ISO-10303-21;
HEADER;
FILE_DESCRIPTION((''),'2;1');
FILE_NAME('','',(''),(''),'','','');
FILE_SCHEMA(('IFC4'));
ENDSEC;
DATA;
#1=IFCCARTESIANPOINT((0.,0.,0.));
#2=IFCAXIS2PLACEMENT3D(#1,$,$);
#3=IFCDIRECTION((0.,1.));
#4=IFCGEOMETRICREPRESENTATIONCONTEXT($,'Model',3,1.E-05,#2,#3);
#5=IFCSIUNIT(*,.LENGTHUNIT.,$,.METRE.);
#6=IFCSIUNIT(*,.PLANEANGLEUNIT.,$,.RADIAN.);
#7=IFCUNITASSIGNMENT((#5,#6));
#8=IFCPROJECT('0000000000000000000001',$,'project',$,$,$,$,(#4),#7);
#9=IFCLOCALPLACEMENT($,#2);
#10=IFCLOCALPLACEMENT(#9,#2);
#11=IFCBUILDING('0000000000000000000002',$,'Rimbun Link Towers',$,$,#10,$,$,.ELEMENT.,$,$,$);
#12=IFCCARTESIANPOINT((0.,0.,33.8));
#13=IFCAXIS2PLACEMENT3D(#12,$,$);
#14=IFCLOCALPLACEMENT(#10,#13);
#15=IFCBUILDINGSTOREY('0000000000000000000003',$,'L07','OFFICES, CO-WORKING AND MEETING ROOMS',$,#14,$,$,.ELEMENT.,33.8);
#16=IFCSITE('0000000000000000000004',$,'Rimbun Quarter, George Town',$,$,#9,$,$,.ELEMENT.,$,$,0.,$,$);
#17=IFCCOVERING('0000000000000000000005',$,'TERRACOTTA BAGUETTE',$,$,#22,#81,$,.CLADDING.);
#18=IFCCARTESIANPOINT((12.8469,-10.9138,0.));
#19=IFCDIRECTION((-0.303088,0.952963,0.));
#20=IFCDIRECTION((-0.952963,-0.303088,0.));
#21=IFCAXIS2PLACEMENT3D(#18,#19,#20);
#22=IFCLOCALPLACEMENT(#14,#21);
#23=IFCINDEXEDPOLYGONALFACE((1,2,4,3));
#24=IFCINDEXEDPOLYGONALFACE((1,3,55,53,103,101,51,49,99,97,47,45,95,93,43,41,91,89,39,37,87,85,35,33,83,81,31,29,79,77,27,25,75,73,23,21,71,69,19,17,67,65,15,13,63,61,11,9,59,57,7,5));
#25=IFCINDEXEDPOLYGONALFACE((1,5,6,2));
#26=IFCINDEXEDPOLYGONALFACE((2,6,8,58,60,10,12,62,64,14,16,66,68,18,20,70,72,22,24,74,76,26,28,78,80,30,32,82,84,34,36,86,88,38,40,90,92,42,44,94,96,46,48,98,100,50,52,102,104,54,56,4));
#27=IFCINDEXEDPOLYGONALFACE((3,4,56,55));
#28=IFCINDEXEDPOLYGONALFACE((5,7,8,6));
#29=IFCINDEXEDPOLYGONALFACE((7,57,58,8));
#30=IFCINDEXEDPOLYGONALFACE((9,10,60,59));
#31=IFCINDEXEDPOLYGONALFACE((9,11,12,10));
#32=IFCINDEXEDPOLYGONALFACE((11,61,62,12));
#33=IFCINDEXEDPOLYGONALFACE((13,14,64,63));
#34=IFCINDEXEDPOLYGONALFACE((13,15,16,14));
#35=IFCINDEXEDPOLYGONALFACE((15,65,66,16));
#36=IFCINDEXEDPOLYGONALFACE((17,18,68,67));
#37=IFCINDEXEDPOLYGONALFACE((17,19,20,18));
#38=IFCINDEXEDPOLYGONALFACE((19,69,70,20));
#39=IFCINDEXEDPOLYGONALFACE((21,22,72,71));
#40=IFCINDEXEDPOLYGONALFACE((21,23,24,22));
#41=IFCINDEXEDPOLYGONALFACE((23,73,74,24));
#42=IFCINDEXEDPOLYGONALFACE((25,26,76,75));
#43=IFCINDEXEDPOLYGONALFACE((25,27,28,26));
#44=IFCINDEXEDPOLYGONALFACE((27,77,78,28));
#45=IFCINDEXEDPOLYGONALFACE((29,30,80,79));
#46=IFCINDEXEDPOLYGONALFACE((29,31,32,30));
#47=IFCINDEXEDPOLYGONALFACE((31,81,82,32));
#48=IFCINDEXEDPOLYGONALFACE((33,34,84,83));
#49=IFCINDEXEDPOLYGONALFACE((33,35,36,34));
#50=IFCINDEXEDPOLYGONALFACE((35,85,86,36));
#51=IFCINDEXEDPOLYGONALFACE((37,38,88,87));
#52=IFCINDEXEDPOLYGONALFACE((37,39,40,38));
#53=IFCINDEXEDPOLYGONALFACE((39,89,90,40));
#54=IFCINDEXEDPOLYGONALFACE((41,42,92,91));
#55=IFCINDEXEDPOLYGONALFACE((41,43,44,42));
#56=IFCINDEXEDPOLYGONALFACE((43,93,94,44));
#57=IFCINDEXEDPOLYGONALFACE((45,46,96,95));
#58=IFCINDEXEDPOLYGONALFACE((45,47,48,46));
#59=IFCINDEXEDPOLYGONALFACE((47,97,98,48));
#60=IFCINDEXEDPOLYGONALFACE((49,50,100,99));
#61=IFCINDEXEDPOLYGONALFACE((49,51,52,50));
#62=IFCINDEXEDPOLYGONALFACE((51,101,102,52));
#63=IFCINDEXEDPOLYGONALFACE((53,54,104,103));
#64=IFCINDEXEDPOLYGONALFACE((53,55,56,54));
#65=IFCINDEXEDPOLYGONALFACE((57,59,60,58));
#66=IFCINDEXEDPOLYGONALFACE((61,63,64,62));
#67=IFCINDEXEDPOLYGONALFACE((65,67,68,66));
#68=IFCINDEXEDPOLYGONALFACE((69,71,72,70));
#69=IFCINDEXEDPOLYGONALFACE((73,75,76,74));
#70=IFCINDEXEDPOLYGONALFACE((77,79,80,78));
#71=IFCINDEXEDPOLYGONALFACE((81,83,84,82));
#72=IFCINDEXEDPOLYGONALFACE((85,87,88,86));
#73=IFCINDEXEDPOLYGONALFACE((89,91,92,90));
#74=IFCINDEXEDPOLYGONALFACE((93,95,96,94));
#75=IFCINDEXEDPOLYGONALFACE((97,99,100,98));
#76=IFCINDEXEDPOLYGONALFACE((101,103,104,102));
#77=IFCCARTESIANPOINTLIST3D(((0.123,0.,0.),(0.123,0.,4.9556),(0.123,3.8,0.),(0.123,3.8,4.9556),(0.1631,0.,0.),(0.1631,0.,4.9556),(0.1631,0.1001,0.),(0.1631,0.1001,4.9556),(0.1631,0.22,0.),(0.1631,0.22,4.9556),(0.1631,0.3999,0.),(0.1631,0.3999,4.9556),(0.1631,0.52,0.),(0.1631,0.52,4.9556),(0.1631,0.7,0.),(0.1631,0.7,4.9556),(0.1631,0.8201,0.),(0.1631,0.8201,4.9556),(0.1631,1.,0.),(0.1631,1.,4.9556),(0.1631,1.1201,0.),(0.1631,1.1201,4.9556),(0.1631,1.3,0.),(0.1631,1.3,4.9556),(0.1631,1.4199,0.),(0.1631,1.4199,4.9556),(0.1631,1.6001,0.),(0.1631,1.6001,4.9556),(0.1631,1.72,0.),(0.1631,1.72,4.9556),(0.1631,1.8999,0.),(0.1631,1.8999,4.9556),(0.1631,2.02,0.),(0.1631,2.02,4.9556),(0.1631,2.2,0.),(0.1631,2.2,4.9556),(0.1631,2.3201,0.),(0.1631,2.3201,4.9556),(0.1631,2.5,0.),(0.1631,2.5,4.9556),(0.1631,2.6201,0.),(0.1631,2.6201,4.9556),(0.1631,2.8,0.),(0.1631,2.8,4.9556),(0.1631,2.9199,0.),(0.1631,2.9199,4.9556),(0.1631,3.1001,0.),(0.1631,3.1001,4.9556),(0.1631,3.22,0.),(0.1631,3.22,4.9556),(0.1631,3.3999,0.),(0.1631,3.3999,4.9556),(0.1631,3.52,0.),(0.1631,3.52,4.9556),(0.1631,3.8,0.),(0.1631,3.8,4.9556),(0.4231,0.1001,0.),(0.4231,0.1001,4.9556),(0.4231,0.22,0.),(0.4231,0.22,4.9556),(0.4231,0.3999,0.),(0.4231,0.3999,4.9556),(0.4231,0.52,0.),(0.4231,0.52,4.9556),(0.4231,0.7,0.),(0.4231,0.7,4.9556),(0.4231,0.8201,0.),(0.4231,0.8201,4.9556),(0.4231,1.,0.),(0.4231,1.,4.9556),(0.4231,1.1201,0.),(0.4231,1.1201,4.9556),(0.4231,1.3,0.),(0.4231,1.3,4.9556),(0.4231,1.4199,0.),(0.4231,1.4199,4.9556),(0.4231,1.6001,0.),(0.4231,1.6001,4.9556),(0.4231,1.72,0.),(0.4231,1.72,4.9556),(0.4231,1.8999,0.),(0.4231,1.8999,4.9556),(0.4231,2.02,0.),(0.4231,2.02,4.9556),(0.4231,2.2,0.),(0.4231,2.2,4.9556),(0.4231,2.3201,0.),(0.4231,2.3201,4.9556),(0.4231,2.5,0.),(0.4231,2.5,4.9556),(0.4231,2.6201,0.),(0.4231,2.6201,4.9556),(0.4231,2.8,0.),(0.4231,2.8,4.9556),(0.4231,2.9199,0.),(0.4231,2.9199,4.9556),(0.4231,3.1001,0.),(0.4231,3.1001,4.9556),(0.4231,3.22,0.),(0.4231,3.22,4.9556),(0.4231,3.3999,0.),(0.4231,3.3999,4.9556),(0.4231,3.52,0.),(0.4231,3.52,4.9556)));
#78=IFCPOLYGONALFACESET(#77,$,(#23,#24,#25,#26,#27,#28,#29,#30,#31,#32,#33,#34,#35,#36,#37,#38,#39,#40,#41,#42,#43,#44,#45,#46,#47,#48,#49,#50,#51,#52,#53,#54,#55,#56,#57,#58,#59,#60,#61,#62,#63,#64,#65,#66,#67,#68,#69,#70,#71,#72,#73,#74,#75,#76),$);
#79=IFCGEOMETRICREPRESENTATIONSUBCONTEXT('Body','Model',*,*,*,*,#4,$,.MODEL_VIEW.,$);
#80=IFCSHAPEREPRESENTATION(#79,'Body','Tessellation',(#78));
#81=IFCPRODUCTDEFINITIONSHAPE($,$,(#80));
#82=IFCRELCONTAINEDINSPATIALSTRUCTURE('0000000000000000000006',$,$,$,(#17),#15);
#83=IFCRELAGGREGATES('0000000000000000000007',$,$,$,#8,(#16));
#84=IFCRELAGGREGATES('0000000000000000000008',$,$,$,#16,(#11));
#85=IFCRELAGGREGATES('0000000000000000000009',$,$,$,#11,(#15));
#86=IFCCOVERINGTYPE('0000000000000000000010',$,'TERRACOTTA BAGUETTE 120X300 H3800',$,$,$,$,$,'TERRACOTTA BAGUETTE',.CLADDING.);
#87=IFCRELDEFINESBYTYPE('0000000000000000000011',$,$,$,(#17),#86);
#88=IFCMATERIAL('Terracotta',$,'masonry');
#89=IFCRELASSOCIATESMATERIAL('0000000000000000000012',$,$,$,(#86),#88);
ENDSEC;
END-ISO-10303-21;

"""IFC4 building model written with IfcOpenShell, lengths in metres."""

from ifc_helpers import new_model, si_unit, direction, frame, origin, place, context, subcontext, project, spatial, polyline, outline, extrude, material, material_profile, profile_set, type_object, element, save


model = new_model("IFC4")

# Units and contexts
model_context = context("Model", 3, precision=1e-05, world=origin(), true_north=direction((0.0, 1.0)))
body_context = subcontext(model_context, "Body", "Model", "MODEL_VIEW")
ifc_project = project(units=[si_unit("LENGTHUNIT", "METRE"), si_unit("PLANEANGLEUNIT", "RADIAN")], contexts=[model_context])

# Site, building, storey
site_placement = place(None, origin())
site = spatial("IfcSite", under=ifc_project, at=site_placement, Name="Rimbun Quarter, George Town", CompositionType="ELEMENT", RefElevation=0.0)
building_placement = place(site_placement, origin())
building = spatial("IfcBuilding", under=site, at=building_placement, Name="Rimbun Link Towers", CompositionType="ELEMENT")
storey_placement = place(building_placement, frame((0.0, 0.0, 33.8)))
storey = spatial("IfcBuildingStorey", under=building, at=storey_placement, Name="L07", Description="OFFICES, CO-WORKING AND MEETING ROOMS", CompositionType="ELEMENT", Elevation=33.8)

# Covering
ifc_material_1 = material(Name="Terracotta", Category="masonry")
ifc_material_profile_1 = material_profile(ifc_material_1, outline(polyline([(0.123, 0.0), (0.1631, 0.0), (0.1631, 0.1001), (0.4231, 0.1001), (0.4231, 0.22), (0.1631, 0.22), (0.1631, 0.3999), (0.4231, 0.3999), (0.4231, 0.52), (0.1631, 0.52), (0.1631, 0.7), (0.4231, 0.7), (0.4231, 0.8201), (0.1631, 0.8201), (0.1631, 1.0), (0.4231, 1.0), (0.4231, 1.1201), (0.1631, 1.1201), (0.1631, 1.3), (0.4231, 1.3), (0.4231, 1.4199), (0.1631, 1.4199), (0.1631, 1.6001), (0.4231, 1.6001), (0.4231, 1.72), (0.1631, 1.72), (0.1631, 1.8999), (0.4231, 1.8999), (0.4231, 2.02), (0.1631, 2.02), (0.1631, 2.2), (0.4231, 2.2), (0.4231, 2.3201), (0.1631, 2.3201), (0.1631, 2.5), (0.4231, 2.5), (0.4231, 2.6201), (0.1631, 2.6201), (0.1631, 2.8), (0.4231, 2.8), (0.4231, 2.9199), (0.1631, 2.9199), (0.1631, 3.1001), (0.4231, 3.1001), (0.4231, 3.22), (0.1631, 3.22), (0.1631, 3.3999), (0.4231, 3.3999), (0.4231, 3.52), (0.1631, 3.52), (0.1631, 3.8), (0.123, 3.8), (0.123, 0.0)])), Name="BAGUETTE 120X300")
ifc_profile_set_1 = profile_set([ifc_material_profile_1], Name="Terracotta")
covering_type_1 = type_object("IfcCoveringType", Name="TERRACOTTA BAGUETTE 120X300 H3800", ElementType="TERRACOTTA BAGUETTE", PredefinedType="CLADDING", material=ifc_profile_set_1)
covering_1_placement = place(storey_placement, frame((12.8469, -10.9138, 0.0), z_axis=(-0.303088, 0.952963, 0.0), x_axis=(-0.952963, -0.303088, 0.0)))
element("IfcCovering", 1, at=covering_1_placement, inside=storey, type_object=covering_type_1, Name="TERRACOTTA BAGUETTE", PredefinedType="CLADDING", context=body_context, shape_type="SweptSolid", body=[
    extrude(outline(polyline([(0.123, 0.0), (0.1631, 0.0), (0.1631, 0.1001), (0.4231, 0.1001), (0.4231, 0.22), (0.1631, 0.22), (0.1631, 0.3999), (0.4231, 0.3999), (0.4231, 0.52), (0.1631, 0.52), (0.1631, 0.7), (0.4231, 0.7), (0.4231, 0.8201), (0.1631, 0.8201), (0.1631, 1.0), (0.4231, 1.0), (0.4231, 1.1201), (0.1631, 1.1201), (0.1631, 1.3), (0.4231, 1.3), (0.4231, 1.4199), (0.1631, 1.4199), (0.1631, 1.6001), (0.4231, 1.6001), (0.4231, 1.72), (0.1631, 1.72), (0.1631, 1.8999), (0.4231, 1.8999), (0.4231, 2.02), (0.1631, 2.02), (0.1631, 2.2), (0.4231, 2.2), (0.4231, 2.3201), (0.1631, 2.3201), (0.1631, 2.5), (0.4231, 2.5), (0.4231, 2.6201), (0.1631, 2.6201), (0.1631, 2.8), (0.4231, 2.8), (0.4231, 2.9199), (0.1631, 2.9199), (0.1631, 3.1001), (0.4231, 3.1001), (0.4231, 3.22), (0.1631, 3.22), (0.1631, 3.3999), (0.4231, 3.3999), (0.4231, 3.52), (0.1631, 3.52), (0.1631, 3.8), (0.123, 3.8), (0.123, 0.0)])), origin(), (0.0, 0.0, 1.0), 4.9556),
])

save(model, "model.ifc")
